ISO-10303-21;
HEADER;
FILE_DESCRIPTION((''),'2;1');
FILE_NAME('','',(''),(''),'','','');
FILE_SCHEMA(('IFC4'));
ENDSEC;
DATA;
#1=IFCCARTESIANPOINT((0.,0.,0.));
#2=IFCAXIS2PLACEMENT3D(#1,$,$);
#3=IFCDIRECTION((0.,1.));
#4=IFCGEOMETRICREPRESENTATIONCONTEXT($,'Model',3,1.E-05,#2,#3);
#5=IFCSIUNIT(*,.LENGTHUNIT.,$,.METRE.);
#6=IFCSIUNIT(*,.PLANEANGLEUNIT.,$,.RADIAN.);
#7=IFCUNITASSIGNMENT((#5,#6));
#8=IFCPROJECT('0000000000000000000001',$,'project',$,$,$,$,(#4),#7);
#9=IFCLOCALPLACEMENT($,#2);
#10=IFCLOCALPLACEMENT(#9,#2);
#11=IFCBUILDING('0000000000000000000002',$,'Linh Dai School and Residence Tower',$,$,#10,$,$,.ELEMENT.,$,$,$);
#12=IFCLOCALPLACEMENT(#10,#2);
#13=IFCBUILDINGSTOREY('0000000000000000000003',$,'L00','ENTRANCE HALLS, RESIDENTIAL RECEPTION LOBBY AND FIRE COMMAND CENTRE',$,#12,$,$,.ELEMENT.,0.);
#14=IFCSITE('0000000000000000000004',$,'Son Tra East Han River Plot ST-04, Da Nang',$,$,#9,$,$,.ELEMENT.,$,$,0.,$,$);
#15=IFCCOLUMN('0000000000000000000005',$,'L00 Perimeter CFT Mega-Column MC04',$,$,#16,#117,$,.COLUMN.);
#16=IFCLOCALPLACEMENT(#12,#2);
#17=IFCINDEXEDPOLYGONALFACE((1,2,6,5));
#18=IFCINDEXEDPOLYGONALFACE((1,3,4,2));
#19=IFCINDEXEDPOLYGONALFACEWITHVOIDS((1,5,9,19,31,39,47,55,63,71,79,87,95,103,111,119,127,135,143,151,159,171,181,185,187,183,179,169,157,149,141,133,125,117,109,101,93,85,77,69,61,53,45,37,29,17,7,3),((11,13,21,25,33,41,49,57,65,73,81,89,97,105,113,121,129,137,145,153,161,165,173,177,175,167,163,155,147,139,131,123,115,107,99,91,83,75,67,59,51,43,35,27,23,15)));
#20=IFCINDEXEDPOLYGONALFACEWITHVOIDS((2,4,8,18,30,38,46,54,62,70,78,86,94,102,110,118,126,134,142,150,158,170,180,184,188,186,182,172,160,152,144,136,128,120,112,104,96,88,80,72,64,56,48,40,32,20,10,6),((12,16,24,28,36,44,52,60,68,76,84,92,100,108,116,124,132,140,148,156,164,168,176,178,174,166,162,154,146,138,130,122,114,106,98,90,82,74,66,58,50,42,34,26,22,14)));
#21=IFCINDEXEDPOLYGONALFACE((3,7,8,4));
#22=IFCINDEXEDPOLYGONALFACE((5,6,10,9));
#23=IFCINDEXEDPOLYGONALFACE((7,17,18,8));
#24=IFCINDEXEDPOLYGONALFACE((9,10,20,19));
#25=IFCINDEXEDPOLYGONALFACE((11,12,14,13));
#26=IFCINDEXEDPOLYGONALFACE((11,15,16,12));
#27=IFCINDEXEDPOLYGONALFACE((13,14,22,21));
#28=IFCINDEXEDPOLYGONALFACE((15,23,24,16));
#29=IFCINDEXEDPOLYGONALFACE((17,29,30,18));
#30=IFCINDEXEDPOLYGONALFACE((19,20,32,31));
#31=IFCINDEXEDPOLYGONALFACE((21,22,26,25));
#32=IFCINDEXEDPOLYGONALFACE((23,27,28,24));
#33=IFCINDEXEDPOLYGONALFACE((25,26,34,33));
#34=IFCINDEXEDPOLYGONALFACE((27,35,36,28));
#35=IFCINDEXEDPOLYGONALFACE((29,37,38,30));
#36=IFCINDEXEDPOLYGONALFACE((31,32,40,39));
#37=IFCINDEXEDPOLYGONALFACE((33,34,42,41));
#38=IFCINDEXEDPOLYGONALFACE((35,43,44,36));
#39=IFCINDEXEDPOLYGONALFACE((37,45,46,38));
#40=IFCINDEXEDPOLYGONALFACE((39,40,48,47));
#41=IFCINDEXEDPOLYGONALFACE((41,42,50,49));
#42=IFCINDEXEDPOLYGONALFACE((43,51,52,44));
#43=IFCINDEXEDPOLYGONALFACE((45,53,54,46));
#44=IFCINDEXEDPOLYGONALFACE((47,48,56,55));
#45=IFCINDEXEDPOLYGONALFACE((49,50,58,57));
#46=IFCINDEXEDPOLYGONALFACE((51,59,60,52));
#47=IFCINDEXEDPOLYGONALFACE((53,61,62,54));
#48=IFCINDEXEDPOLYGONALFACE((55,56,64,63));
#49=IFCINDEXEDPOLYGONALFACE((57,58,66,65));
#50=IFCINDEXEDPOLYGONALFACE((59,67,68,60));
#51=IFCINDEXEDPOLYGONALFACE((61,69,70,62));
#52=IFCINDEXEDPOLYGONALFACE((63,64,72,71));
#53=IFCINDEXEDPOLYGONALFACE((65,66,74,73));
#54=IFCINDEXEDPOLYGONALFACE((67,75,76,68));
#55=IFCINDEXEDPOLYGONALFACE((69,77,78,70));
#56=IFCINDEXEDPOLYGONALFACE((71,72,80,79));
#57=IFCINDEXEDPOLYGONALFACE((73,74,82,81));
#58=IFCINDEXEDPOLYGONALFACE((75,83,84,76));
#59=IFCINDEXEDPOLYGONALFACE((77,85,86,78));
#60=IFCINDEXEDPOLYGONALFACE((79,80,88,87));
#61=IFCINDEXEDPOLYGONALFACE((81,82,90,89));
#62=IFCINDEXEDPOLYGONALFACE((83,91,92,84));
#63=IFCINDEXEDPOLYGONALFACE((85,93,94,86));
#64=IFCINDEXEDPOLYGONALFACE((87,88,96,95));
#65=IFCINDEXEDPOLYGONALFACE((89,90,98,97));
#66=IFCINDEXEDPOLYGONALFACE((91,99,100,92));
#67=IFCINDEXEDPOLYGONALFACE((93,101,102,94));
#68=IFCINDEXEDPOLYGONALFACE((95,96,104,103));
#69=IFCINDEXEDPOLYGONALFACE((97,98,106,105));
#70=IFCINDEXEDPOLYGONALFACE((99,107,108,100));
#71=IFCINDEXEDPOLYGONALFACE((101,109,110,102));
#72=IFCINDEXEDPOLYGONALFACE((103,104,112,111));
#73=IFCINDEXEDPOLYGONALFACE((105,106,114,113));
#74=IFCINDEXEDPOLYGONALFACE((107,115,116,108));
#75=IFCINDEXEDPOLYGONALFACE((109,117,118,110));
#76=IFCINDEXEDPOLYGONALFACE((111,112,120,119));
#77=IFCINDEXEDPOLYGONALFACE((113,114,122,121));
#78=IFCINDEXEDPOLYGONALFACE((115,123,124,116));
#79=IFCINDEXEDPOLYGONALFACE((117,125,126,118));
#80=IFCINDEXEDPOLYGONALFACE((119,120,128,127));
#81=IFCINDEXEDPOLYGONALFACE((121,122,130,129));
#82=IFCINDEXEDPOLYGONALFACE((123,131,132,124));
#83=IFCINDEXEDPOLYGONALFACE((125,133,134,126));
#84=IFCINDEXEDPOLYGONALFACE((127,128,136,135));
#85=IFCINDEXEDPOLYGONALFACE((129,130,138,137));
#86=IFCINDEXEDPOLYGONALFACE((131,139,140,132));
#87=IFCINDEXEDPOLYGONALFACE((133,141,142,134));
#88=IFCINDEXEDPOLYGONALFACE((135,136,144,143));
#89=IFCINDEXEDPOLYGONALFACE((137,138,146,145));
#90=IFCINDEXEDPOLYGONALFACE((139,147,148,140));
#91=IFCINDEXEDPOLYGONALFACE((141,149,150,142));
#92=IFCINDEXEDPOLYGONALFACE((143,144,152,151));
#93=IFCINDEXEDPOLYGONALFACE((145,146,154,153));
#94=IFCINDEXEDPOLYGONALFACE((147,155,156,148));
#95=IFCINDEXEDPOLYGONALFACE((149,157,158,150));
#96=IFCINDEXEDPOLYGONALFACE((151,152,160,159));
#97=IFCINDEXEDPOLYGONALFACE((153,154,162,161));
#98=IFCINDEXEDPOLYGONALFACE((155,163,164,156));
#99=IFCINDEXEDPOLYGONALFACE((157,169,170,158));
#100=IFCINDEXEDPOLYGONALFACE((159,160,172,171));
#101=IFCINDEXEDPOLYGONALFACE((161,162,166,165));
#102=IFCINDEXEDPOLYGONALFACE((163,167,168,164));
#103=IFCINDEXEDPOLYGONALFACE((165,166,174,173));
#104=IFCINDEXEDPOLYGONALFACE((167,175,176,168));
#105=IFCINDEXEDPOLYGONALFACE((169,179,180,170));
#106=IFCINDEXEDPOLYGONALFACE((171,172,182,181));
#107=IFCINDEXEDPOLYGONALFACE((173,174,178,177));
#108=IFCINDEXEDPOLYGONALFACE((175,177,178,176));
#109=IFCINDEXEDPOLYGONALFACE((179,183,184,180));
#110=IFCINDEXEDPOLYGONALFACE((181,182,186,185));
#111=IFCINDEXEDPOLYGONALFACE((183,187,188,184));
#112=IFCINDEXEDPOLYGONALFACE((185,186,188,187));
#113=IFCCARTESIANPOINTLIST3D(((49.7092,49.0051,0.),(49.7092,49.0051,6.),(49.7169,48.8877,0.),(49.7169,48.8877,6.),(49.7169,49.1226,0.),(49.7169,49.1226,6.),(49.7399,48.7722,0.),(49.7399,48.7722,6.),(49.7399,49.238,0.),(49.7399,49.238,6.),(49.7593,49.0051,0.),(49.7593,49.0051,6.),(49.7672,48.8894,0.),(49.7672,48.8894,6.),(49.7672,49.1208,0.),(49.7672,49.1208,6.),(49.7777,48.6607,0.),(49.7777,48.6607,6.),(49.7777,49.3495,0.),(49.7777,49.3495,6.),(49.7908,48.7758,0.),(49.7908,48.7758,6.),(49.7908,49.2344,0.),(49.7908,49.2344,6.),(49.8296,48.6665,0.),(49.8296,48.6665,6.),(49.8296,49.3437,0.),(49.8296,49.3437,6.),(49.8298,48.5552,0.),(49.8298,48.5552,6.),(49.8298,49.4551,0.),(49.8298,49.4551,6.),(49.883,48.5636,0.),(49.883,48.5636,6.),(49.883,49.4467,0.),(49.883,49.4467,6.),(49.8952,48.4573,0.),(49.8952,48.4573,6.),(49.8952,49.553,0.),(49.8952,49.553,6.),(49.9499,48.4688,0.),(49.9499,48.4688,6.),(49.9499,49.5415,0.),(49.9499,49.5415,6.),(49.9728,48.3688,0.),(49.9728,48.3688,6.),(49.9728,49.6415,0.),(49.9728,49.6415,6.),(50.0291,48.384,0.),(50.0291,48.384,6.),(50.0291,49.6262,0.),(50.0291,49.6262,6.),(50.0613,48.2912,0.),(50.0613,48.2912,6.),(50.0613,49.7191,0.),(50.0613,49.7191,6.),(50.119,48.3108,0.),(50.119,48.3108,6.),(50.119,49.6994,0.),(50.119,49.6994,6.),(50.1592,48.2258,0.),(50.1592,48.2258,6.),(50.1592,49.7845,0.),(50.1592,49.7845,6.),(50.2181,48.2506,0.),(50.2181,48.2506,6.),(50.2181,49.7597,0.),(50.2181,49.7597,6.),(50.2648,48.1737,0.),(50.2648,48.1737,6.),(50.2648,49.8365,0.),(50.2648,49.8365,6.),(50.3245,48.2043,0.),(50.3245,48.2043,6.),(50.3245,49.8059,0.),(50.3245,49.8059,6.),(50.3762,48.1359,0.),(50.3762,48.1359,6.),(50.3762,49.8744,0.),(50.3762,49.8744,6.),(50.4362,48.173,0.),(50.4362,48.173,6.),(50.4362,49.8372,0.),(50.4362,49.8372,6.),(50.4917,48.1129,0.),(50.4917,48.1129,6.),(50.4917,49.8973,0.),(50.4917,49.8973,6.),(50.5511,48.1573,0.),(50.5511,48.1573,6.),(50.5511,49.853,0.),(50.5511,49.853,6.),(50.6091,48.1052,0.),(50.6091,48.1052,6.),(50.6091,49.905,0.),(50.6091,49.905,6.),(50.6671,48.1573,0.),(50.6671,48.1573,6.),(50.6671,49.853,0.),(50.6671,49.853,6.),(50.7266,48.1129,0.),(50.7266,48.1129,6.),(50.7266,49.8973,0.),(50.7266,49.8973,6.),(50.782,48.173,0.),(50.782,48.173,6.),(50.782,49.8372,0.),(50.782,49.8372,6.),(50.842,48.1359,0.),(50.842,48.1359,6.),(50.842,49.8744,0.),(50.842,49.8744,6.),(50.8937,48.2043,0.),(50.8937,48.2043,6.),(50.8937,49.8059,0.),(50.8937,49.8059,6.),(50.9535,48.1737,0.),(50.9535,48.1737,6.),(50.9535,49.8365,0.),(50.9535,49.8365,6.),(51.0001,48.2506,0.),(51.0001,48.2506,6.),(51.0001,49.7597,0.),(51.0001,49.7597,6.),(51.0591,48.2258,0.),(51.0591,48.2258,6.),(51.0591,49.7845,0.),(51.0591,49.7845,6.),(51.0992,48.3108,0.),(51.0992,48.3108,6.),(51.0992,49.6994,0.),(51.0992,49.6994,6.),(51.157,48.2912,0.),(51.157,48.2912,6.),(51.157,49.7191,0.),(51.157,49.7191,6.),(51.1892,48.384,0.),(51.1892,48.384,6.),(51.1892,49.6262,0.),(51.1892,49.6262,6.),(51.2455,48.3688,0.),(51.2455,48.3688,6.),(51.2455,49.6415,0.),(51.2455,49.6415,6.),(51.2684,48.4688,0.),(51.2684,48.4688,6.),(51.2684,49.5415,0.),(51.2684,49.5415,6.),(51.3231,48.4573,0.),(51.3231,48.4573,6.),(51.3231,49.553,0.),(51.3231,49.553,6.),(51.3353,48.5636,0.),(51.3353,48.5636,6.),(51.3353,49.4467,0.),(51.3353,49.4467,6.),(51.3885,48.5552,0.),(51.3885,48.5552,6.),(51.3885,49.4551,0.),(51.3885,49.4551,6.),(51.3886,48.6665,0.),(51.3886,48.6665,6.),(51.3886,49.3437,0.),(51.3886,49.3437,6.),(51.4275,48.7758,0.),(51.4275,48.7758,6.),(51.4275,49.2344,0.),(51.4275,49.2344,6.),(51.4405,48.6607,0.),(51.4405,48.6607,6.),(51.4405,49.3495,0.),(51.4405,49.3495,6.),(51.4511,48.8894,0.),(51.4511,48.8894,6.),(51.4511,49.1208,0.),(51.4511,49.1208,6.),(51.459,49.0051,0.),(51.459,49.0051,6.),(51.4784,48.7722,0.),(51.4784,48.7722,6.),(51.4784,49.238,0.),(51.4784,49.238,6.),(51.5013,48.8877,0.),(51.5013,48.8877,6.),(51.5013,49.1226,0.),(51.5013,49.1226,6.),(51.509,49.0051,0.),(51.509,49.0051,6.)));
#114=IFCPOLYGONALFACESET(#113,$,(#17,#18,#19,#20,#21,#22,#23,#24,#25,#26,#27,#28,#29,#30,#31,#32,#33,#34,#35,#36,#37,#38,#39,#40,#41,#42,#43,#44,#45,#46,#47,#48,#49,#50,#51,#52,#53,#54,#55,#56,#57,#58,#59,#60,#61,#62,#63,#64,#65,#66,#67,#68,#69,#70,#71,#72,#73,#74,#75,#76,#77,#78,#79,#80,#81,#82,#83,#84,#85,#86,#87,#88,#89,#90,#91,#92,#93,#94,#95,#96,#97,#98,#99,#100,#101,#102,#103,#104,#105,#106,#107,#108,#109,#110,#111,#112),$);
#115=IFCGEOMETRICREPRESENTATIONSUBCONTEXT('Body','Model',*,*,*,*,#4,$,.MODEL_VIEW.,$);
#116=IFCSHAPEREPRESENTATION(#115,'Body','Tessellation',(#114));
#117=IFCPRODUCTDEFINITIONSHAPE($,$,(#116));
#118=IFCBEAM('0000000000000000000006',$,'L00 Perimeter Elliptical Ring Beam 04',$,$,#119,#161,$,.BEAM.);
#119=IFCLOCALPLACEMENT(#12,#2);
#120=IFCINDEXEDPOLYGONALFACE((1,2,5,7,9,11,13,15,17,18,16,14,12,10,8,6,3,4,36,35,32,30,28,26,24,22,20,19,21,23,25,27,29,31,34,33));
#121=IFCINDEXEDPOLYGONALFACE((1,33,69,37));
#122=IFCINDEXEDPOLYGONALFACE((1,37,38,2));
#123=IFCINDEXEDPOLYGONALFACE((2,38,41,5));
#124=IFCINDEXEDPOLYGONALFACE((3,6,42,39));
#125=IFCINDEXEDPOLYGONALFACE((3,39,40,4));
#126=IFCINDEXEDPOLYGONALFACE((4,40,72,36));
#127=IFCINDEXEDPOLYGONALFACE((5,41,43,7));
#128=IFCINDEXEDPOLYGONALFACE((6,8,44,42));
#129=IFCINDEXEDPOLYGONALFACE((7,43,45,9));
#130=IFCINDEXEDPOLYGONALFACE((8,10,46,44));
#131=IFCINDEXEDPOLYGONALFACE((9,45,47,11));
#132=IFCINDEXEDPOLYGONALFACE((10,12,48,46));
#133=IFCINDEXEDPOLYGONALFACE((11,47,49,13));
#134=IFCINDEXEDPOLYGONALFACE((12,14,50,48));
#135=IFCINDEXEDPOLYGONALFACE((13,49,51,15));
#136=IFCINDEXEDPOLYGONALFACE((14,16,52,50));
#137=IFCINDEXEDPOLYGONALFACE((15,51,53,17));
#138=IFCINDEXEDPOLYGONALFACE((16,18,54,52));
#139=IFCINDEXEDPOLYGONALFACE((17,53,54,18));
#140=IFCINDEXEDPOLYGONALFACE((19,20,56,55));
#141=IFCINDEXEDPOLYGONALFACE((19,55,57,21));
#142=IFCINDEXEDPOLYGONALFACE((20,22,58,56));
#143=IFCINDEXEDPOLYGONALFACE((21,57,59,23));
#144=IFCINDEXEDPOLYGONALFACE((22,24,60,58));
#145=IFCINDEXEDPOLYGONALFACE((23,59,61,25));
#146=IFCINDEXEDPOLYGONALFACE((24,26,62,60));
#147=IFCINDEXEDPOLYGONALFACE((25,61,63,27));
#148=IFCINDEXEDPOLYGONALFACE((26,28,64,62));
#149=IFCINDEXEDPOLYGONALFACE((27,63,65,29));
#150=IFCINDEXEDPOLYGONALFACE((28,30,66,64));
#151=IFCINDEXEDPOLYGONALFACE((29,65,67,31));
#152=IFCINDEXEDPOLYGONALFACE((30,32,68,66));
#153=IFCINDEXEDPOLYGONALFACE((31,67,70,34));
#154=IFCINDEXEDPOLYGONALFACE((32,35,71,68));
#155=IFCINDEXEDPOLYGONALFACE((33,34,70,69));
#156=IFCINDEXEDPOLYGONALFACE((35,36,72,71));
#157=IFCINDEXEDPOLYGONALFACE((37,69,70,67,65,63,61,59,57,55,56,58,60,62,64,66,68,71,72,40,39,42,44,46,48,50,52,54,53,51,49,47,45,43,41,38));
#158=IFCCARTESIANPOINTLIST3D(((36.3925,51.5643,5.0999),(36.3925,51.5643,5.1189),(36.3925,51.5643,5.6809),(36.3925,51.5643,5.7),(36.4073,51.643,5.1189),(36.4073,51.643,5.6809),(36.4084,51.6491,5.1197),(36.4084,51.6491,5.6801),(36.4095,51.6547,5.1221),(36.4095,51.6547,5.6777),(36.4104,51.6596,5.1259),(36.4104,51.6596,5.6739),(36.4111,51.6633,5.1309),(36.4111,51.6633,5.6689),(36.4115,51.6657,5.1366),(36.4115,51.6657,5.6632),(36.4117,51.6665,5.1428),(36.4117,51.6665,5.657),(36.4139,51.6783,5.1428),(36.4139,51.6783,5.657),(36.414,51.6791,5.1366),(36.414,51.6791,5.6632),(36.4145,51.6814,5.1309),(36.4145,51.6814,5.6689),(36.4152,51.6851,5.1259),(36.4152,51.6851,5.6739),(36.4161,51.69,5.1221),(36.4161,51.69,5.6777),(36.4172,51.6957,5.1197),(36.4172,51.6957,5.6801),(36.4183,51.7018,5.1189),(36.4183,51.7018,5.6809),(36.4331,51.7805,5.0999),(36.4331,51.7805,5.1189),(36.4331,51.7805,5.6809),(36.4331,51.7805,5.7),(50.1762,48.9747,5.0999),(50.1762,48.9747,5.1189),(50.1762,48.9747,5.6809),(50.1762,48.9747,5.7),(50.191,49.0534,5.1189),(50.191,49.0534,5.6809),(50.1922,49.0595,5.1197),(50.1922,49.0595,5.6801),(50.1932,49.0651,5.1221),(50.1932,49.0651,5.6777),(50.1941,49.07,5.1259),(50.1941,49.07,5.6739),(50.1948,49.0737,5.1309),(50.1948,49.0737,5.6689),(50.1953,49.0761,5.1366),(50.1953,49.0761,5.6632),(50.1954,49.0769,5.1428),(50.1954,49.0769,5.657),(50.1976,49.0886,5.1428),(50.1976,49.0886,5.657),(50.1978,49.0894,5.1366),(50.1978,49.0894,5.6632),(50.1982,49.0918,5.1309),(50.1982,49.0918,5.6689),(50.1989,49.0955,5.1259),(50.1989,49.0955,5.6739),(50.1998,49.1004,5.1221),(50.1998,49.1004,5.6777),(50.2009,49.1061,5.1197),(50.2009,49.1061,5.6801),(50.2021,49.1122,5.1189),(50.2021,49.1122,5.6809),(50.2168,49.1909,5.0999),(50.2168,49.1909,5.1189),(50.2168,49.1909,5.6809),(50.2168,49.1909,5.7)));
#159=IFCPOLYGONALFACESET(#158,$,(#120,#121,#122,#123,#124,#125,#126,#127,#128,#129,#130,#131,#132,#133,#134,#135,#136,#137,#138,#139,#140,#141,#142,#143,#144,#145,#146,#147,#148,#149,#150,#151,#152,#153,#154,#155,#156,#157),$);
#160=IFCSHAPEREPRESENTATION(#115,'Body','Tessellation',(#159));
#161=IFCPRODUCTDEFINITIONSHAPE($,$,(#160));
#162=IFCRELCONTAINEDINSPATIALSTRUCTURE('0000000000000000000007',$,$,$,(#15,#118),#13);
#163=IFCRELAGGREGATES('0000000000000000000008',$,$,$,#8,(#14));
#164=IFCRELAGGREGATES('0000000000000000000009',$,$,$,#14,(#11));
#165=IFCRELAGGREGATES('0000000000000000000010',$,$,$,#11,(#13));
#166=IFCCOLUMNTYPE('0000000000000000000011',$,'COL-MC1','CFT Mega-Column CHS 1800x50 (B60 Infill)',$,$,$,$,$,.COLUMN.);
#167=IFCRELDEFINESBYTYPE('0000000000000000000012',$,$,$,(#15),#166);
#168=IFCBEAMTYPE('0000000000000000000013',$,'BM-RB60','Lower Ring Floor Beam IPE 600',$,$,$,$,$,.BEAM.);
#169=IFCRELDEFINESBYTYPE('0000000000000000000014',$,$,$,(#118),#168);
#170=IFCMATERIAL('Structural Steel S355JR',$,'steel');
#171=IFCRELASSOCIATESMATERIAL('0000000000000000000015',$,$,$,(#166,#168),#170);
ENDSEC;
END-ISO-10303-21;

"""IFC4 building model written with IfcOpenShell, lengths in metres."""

from ifc_helpers import new_model, si_unit, direction, frame, origin, origin_2d, place, context, subcontext, project, spatial, hollow_circle, i_section, extrude, material, material_profile, profile_set, type_object, element, save


model = new_model("IFC4")

# Units and contexts
model_context = context("Model", 3, precision=1e-05, world=origin(), true_north=direction((0.0, 1.0)))
body_context = subcontext(model_context, "Body", "Model", "MODEL_VIEW")
ifc_project = project(units=[si_unit("LENGTHUNIT", "METRE"), si_unit("PLANEANGLEUNIT", "RADIAN")], contexts=[model_context])

# Site, building, storey
site_placement = place(None, origin())
site = spatial("IfcSite", under=ifc_project, at=site_placement, Name="Son Tra East Han River Plot ST-04, Da Nang", CompositionType="ELEMENT", RefElevation=0.0)
building_placement = place(site_placement, origin())
building = spatial("IfcBuilding", under=site, at=building_placement, Name="Linh Dai School and Residence Tower", CompositionType="ELEMENT")
storey_placement = place(building_placement, origin())
storey = spatial("IfcBuildingStorey", under=building, at=storey_placement, Name="L00", Description="ENTRANCE HALLS, RESIDENTIAL RECEPTION LOBBY AND FIRE COMMAND CENTRE", CompositionType="ELEMENT", Elevation=0.0)

# Column
ifc_material_1 = material(Name="Structural Steel S355JR", Category="steel")
ifc_material_profile_1 = material_profile(ifc_material_1, hollow_circle(Radius=0.8999, WallThickness=0.05, at=origin_2d()), Name="CHS 1800x50")
ifc_profile_set_1 = profile_set([ifc_material_profile_1], Name="Structural Steel S355JR")
column_type_1 = type_object("IfcColumnType", Name="COL-MC1", Description="CFT Mega-Column CHS 1800x50 (B60 Infill)", PredefinedType="COLUMN", material=ifc_profile_set_1)
column_placement = place(storey_placement, frame((50.6091, 49.0051, 0.0), z_axis=(0.0, 0.0, 1.0), x_axis=(1.0, 0.0, 0.0)))
element("IfcColumn", 1, at=column_placement, inside=storey, type_object=column_type_1, Name="L00 Perimeter CFT Mega-Column MC04", PredefinedType="COLUMN", context=body_context, shape_type="SweptSolid", body=[
    extrude(hollow_circle(Radius=0.8999, WallThickness=0.05, at=origin_2d()), origin(), (0.0, 0.0, 1.0), 6.0),
])

# Beam
ifc_material_profile_2 = material_profile(ifc_material_1, i_section(OverallWidth=0.22, OverallDepth=0.6001, WebThickness=0.012, FlangeThickness=0.019, FilletRadius=0.0239, at=origin_2d()), Name="IPE 600")
ifc_profile_set_2 = profile_set([ifc_material_profile_2], Name="Structural Steel S355JR")
beam_type_1 = type_object("IfcBeamType", Name="BM-RB60", Description="Lower Ring Floor Beam IPE 600", PredefinedType="BEAM", material=ifc_profile_set_2)
beam_1_placement = place(storey_placement, frame((50.1965, 49.0828, 5.3999), z_axis=(-0.982806, 0.184644, 0.0), x_axis=(-0.184644, -0.982806, 0.0)))
element("IfcBeam", 2, at=beam_1_placement, inside=storey, type_object=beam_type_1, Name="L00 Perimeter Elliptical Ring Beam 04", PredefinedType="BEAM", context=body_context, shape_type="SweptSolid", body=[
    extrude(i_section(OverallWidth=0.22, OverallDepth=0.6001, WebThickness=0.012, FlangeThickness=0.019, FilletRadius=0.0239, at=origin_2d()), origin(), (0.0, 0.0, 1.0), 14.0249),
])

save(model, "model.ifc")
